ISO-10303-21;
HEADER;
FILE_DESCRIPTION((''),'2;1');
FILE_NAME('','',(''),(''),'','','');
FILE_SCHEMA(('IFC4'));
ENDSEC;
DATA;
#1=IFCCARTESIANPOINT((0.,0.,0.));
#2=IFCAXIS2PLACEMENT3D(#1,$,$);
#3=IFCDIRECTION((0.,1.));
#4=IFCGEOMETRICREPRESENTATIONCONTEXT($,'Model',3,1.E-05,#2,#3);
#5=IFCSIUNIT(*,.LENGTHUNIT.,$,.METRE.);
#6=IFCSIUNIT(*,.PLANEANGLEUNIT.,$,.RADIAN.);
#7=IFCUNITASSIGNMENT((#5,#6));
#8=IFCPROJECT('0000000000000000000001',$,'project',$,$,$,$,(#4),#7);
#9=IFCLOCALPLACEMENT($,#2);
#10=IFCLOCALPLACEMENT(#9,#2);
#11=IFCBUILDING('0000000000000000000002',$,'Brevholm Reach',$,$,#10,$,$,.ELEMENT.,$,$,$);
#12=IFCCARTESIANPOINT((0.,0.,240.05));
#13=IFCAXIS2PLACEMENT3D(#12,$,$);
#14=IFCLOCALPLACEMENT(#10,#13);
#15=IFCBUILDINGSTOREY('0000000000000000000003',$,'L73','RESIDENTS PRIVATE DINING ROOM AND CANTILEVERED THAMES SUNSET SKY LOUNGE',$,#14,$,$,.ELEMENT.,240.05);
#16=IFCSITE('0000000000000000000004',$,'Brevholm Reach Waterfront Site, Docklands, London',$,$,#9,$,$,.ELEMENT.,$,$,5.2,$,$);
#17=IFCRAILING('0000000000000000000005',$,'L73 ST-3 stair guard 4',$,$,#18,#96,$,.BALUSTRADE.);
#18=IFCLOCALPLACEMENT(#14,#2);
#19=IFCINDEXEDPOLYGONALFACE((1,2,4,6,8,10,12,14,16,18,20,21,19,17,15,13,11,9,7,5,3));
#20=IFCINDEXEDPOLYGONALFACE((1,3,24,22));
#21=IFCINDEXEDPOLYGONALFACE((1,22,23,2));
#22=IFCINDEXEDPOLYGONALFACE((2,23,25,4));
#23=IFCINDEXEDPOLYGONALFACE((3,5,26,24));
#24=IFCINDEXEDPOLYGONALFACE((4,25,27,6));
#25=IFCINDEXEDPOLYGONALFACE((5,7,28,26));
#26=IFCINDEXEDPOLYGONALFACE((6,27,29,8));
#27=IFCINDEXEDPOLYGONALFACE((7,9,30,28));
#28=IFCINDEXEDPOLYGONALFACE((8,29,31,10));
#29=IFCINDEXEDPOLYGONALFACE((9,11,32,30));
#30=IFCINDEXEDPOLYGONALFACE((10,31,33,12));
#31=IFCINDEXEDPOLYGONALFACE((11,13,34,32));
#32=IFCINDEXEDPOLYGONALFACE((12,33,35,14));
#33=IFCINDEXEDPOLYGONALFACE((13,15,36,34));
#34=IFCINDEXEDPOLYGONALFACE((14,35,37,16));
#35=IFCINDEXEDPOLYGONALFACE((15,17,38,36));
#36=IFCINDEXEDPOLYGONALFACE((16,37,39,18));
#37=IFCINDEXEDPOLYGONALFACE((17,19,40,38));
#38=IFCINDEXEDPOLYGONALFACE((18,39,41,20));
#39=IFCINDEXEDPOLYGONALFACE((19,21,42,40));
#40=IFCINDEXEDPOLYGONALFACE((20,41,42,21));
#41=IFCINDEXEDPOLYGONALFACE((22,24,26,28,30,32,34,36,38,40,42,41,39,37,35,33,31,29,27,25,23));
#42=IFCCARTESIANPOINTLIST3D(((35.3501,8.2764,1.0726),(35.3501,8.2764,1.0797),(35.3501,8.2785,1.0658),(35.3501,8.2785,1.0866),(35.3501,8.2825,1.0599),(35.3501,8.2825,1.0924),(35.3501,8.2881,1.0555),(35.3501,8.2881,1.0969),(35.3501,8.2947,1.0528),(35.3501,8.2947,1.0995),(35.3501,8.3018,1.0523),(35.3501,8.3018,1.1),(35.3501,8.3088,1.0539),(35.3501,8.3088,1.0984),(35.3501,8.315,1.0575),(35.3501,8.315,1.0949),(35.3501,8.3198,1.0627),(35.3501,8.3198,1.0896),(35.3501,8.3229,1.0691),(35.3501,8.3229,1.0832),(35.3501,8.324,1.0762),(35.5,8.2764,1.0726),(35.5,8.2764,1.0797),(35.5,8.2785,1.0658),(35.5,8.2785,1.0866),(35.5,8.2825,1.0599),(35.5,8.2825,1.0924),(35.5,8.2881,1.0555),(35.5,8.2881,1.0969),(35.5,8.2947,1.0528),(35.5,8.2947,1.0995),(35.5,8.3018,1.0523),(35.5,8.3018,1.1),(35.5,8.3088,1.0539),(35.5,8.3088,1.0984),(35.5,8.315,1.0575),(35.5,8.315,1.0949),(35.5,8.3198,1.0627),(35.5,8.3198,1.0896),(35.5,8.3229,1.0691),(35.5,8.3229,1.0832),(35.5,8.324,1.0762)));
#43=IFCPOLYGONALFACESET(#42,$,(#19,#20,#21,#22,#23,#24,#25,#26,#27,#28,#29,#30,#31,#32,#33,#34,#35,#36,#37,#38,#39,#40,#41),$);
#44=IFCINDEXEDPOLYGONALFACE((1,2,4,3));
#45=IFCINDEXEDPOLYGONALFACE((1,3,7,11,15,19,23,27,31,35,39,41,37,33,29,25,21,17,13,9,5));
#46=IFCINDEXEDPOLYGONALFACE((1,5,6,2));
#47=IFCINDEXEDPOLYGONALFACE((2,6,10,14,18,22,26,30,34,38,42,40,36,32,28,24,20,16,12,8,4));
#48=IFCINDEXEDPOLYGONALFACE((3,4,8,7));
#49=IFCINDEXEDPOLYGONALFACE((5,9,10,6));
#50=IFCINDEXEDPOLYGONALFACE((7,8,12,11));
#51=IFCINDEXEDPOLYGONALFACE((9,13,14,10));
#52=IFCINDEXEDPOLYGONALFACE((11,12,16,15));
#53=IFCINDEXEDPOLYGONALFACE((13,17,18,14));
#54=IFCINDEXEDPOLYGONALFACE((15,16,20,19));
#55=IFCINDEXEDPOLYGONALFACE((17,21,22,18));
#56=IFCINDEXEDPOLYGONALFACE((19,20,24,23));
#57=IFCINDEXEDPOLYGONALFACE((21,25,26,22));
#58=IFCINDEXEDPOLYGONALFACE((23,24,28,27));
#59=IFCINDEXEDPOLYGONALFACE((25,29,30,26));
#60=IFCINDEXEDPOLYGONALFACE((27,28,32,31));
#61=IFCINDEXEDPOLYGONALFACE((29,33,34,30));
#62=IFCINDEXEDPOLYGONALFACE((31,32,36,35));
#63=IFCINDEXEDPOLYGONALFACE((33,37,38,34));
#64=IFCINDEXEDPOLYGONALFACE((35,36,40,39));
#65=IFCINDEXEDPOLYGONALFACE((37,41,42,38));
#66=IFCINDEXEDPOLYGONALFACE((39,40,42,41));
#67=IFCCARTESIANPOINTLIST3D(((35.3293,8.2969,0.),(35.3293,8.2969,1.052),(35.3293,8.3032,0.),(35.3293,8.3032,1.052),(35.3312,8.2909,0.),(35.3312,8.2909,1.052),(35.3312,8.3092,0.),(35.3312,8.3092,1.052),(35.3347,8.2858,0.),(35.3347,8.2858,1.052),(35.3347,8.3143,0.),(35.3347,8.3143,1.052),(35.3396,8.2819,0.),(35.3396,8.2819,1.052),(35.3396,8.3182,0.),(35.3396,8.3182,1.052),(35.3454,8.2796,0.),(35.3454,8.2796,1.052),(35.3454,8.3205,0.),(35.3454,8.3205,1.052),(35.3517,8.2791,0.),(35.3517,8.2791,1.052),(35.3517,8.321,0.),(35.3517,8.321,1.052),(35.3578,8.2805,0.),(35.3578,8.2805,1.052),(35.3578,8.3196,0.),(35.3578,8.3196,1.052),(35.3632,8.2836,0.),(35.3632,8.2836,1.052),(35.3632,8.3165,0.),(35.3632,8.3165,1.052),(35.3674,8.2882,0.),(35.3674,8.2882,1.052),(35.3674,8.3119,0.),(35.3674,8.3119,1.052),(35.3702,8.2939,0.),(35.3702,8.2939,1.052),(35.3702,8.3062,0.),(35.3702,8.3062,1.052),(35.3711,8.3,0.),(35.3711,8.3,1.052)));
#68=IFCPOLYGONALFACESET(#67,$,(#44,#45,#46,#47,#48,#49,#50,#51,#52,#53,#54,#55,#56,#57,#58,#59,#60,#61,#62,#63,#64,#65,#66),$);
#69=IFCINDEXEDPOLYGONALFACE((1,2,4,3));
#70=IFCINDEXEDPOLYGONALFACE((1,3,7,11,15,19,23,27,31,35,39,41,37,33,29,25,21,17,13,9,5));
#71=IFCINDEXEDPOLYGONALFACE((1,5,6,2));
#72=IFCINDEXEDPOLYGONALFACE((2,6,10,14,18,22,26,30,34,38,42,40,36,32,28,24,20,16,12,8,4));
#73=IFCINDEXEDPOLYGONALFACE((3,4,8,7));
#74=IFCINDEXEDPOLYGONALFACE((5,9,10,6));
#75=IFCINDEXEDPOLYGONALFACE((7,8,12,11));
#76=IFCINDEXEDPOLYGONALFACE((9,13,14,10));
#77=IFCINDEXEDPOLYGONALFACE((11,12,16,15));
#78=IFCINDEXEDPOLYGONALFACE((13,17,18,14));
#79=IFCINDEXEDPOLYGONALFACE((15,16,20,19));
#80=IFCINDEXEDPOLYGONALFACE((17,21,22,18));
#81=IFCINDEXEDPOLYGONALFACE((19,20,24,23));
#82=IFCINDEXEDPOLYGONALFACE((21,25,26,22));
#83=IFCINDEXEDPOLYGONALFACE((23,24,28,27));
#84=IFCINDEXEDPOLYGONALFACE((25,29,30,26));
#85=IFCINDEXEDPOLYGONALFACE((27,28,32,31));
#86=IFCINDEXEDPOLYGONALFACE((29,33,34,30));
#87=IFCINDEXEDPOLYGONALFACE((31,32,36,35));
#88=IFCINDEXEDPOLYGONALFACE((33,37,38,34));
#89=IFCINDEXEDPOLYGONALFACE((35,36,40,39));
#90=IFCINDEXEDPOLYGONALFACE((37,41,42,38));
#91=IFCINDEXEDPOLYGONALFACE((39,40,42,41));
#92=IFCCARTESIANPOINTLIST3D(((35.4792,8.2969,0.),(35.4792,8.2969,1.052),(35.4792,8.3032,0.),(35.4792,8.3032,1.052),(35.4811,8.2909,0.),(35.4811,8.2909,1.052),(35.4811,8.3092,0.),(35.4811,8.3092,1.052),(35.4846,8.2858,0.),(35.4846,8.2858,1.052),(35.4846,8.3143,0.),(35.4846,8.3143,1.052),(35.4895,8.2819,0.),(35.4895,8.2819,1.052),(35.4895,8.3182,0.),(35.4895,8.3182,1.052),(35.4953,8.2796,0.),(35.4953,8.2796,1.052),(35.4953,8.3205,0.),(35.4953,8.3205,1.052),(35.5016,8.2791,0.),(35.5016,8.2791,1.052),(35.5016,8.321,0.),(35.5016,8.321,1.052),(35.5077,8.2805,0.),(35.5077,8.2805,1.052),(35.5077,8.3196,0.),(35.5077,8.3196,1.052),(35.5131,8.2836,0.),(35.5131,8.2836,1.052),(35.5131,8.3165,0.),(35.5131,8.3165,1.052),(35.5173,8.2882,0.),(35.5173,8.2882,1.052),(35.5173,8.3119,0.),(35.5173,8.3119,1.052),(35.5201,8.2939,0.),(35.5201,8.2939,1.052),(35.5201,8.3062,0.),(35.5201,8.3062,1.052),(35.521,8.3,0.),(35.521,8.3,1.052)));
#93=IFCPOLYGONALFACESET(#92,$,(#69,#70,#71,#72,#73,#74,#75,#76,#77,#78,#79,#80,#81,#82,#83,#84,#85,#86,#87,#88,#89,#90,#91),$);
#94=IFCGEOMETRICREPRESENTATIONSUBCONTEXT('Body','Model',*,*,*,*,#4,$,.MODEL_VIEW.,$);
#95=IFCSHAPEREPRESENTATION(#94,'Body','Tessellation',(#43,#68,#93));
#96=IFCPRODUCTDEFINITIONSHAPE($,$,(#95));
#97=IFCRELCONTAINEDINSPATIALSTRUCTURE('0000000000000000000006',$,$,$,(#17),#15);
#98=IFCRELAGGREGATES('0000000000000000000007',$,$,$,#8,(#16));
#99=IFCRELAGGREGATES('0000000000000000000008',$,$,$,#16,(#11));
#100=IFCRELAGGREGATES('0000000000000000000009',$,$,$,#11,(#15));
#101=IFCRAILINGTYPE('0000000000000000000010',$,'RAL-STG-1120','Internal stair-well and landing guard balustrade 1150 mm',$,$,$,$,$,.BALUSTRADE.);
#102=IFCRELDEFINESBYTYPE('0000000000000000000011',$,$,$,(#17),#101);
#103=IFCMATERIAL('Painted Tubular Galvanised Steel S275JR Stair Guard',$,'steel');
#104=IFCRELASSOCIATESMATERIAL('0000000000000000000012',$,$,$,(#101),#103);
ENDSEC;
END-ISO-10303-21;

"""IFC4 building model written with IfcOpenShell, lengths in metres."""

from ifc_helpers import new_model, si_unit, direction, frame, origin, origin_2d, place, context, subcontext, project, spatial, circle, extrude, material, type_object, element, save


model = new_model("IFC4")

# Units and contexts
model_context = context("Model", 3, precision=1e-05, world=origin(), true_north=direction((0.0, 1.0)))
body_context = subcontext(model_context, "Body", "Model", "MODEL_VIEW")
ifc_project = project(units=[si_unit("LENGTHUNIT", "METRE"), si_unit("PLANEANGLEUNIT", "RADIAN")], contexts=[model_context])

# Site, building, storey
site_placement = place(None, origin())
site = spatial("IfcSite", under=ifc_project, at=site_placement, Name="Brevholm Reach Waterfront Site, Docklands, London", CompositionType="ELEMENT", RefElevation=5.2)
building_placement = place(site_placement, origin())
building = spatial("IfcBuilding", under=site, at=building_placement, Name="Brevholm Reach", CompositionType="ELEMENT")
storey_placement = place(building_placement, frame((0.0, 0.0, 240.05)))
storey = spatial("IfcBuildingStorey", under=building, at=storey_placement, Name="L73", Description="RESIDENTS PRIVATE DINING ROOM AND CANTILEVERED THAMES SUNSET SKY LOUNGE", CompositionType="ELEMENT", Elevation=240.05)

# Railing
ifc_material_1 = material(Name="Painted Tubular Galvanised Steel S275JR Stair Guard", Category="steel")
railing_type_1 = type_object("IfcRailingType", Name="RAL-STG-1120", Description="Internal stair-well and landing guard balustrade 1150 mm", PredefinedType="BALUSTRADE", material=ifc_material_1)
railing_1_placement = place(storey_placement, frame((35.3501, 8.3, 0.0)))
element("IfcRailing", 1, at=railing_1_placement, inside=storey, type_object=railing_type_1, Name="L73 ST-3 stair guard 4", PredefinedType="BALUSTRADE", context=body_context, shape_type="SweptSolid", body=[
    extrude(circle(Radius=0.0239, at=origin_2d()), frame((0.0, 0.0, 1.0762), z_axis=(1.0, 0.0, 0.0), x_axis=(0.0, 1.0, 0.0)), (0.0, 0.0, 1.0), 0.1499),
    extrude(circle(Radius=0.021, at=origin_2d()), origin(), (0.0, 0.0, 1.0), 1.052),
    extrude(circle(Radius=0.021, at=origin_2d()), frame((0.1499, 0.0, 0.0)), (0.0, 0.0, 1.0), 1.052),
])

save(model, "model.ifc")
